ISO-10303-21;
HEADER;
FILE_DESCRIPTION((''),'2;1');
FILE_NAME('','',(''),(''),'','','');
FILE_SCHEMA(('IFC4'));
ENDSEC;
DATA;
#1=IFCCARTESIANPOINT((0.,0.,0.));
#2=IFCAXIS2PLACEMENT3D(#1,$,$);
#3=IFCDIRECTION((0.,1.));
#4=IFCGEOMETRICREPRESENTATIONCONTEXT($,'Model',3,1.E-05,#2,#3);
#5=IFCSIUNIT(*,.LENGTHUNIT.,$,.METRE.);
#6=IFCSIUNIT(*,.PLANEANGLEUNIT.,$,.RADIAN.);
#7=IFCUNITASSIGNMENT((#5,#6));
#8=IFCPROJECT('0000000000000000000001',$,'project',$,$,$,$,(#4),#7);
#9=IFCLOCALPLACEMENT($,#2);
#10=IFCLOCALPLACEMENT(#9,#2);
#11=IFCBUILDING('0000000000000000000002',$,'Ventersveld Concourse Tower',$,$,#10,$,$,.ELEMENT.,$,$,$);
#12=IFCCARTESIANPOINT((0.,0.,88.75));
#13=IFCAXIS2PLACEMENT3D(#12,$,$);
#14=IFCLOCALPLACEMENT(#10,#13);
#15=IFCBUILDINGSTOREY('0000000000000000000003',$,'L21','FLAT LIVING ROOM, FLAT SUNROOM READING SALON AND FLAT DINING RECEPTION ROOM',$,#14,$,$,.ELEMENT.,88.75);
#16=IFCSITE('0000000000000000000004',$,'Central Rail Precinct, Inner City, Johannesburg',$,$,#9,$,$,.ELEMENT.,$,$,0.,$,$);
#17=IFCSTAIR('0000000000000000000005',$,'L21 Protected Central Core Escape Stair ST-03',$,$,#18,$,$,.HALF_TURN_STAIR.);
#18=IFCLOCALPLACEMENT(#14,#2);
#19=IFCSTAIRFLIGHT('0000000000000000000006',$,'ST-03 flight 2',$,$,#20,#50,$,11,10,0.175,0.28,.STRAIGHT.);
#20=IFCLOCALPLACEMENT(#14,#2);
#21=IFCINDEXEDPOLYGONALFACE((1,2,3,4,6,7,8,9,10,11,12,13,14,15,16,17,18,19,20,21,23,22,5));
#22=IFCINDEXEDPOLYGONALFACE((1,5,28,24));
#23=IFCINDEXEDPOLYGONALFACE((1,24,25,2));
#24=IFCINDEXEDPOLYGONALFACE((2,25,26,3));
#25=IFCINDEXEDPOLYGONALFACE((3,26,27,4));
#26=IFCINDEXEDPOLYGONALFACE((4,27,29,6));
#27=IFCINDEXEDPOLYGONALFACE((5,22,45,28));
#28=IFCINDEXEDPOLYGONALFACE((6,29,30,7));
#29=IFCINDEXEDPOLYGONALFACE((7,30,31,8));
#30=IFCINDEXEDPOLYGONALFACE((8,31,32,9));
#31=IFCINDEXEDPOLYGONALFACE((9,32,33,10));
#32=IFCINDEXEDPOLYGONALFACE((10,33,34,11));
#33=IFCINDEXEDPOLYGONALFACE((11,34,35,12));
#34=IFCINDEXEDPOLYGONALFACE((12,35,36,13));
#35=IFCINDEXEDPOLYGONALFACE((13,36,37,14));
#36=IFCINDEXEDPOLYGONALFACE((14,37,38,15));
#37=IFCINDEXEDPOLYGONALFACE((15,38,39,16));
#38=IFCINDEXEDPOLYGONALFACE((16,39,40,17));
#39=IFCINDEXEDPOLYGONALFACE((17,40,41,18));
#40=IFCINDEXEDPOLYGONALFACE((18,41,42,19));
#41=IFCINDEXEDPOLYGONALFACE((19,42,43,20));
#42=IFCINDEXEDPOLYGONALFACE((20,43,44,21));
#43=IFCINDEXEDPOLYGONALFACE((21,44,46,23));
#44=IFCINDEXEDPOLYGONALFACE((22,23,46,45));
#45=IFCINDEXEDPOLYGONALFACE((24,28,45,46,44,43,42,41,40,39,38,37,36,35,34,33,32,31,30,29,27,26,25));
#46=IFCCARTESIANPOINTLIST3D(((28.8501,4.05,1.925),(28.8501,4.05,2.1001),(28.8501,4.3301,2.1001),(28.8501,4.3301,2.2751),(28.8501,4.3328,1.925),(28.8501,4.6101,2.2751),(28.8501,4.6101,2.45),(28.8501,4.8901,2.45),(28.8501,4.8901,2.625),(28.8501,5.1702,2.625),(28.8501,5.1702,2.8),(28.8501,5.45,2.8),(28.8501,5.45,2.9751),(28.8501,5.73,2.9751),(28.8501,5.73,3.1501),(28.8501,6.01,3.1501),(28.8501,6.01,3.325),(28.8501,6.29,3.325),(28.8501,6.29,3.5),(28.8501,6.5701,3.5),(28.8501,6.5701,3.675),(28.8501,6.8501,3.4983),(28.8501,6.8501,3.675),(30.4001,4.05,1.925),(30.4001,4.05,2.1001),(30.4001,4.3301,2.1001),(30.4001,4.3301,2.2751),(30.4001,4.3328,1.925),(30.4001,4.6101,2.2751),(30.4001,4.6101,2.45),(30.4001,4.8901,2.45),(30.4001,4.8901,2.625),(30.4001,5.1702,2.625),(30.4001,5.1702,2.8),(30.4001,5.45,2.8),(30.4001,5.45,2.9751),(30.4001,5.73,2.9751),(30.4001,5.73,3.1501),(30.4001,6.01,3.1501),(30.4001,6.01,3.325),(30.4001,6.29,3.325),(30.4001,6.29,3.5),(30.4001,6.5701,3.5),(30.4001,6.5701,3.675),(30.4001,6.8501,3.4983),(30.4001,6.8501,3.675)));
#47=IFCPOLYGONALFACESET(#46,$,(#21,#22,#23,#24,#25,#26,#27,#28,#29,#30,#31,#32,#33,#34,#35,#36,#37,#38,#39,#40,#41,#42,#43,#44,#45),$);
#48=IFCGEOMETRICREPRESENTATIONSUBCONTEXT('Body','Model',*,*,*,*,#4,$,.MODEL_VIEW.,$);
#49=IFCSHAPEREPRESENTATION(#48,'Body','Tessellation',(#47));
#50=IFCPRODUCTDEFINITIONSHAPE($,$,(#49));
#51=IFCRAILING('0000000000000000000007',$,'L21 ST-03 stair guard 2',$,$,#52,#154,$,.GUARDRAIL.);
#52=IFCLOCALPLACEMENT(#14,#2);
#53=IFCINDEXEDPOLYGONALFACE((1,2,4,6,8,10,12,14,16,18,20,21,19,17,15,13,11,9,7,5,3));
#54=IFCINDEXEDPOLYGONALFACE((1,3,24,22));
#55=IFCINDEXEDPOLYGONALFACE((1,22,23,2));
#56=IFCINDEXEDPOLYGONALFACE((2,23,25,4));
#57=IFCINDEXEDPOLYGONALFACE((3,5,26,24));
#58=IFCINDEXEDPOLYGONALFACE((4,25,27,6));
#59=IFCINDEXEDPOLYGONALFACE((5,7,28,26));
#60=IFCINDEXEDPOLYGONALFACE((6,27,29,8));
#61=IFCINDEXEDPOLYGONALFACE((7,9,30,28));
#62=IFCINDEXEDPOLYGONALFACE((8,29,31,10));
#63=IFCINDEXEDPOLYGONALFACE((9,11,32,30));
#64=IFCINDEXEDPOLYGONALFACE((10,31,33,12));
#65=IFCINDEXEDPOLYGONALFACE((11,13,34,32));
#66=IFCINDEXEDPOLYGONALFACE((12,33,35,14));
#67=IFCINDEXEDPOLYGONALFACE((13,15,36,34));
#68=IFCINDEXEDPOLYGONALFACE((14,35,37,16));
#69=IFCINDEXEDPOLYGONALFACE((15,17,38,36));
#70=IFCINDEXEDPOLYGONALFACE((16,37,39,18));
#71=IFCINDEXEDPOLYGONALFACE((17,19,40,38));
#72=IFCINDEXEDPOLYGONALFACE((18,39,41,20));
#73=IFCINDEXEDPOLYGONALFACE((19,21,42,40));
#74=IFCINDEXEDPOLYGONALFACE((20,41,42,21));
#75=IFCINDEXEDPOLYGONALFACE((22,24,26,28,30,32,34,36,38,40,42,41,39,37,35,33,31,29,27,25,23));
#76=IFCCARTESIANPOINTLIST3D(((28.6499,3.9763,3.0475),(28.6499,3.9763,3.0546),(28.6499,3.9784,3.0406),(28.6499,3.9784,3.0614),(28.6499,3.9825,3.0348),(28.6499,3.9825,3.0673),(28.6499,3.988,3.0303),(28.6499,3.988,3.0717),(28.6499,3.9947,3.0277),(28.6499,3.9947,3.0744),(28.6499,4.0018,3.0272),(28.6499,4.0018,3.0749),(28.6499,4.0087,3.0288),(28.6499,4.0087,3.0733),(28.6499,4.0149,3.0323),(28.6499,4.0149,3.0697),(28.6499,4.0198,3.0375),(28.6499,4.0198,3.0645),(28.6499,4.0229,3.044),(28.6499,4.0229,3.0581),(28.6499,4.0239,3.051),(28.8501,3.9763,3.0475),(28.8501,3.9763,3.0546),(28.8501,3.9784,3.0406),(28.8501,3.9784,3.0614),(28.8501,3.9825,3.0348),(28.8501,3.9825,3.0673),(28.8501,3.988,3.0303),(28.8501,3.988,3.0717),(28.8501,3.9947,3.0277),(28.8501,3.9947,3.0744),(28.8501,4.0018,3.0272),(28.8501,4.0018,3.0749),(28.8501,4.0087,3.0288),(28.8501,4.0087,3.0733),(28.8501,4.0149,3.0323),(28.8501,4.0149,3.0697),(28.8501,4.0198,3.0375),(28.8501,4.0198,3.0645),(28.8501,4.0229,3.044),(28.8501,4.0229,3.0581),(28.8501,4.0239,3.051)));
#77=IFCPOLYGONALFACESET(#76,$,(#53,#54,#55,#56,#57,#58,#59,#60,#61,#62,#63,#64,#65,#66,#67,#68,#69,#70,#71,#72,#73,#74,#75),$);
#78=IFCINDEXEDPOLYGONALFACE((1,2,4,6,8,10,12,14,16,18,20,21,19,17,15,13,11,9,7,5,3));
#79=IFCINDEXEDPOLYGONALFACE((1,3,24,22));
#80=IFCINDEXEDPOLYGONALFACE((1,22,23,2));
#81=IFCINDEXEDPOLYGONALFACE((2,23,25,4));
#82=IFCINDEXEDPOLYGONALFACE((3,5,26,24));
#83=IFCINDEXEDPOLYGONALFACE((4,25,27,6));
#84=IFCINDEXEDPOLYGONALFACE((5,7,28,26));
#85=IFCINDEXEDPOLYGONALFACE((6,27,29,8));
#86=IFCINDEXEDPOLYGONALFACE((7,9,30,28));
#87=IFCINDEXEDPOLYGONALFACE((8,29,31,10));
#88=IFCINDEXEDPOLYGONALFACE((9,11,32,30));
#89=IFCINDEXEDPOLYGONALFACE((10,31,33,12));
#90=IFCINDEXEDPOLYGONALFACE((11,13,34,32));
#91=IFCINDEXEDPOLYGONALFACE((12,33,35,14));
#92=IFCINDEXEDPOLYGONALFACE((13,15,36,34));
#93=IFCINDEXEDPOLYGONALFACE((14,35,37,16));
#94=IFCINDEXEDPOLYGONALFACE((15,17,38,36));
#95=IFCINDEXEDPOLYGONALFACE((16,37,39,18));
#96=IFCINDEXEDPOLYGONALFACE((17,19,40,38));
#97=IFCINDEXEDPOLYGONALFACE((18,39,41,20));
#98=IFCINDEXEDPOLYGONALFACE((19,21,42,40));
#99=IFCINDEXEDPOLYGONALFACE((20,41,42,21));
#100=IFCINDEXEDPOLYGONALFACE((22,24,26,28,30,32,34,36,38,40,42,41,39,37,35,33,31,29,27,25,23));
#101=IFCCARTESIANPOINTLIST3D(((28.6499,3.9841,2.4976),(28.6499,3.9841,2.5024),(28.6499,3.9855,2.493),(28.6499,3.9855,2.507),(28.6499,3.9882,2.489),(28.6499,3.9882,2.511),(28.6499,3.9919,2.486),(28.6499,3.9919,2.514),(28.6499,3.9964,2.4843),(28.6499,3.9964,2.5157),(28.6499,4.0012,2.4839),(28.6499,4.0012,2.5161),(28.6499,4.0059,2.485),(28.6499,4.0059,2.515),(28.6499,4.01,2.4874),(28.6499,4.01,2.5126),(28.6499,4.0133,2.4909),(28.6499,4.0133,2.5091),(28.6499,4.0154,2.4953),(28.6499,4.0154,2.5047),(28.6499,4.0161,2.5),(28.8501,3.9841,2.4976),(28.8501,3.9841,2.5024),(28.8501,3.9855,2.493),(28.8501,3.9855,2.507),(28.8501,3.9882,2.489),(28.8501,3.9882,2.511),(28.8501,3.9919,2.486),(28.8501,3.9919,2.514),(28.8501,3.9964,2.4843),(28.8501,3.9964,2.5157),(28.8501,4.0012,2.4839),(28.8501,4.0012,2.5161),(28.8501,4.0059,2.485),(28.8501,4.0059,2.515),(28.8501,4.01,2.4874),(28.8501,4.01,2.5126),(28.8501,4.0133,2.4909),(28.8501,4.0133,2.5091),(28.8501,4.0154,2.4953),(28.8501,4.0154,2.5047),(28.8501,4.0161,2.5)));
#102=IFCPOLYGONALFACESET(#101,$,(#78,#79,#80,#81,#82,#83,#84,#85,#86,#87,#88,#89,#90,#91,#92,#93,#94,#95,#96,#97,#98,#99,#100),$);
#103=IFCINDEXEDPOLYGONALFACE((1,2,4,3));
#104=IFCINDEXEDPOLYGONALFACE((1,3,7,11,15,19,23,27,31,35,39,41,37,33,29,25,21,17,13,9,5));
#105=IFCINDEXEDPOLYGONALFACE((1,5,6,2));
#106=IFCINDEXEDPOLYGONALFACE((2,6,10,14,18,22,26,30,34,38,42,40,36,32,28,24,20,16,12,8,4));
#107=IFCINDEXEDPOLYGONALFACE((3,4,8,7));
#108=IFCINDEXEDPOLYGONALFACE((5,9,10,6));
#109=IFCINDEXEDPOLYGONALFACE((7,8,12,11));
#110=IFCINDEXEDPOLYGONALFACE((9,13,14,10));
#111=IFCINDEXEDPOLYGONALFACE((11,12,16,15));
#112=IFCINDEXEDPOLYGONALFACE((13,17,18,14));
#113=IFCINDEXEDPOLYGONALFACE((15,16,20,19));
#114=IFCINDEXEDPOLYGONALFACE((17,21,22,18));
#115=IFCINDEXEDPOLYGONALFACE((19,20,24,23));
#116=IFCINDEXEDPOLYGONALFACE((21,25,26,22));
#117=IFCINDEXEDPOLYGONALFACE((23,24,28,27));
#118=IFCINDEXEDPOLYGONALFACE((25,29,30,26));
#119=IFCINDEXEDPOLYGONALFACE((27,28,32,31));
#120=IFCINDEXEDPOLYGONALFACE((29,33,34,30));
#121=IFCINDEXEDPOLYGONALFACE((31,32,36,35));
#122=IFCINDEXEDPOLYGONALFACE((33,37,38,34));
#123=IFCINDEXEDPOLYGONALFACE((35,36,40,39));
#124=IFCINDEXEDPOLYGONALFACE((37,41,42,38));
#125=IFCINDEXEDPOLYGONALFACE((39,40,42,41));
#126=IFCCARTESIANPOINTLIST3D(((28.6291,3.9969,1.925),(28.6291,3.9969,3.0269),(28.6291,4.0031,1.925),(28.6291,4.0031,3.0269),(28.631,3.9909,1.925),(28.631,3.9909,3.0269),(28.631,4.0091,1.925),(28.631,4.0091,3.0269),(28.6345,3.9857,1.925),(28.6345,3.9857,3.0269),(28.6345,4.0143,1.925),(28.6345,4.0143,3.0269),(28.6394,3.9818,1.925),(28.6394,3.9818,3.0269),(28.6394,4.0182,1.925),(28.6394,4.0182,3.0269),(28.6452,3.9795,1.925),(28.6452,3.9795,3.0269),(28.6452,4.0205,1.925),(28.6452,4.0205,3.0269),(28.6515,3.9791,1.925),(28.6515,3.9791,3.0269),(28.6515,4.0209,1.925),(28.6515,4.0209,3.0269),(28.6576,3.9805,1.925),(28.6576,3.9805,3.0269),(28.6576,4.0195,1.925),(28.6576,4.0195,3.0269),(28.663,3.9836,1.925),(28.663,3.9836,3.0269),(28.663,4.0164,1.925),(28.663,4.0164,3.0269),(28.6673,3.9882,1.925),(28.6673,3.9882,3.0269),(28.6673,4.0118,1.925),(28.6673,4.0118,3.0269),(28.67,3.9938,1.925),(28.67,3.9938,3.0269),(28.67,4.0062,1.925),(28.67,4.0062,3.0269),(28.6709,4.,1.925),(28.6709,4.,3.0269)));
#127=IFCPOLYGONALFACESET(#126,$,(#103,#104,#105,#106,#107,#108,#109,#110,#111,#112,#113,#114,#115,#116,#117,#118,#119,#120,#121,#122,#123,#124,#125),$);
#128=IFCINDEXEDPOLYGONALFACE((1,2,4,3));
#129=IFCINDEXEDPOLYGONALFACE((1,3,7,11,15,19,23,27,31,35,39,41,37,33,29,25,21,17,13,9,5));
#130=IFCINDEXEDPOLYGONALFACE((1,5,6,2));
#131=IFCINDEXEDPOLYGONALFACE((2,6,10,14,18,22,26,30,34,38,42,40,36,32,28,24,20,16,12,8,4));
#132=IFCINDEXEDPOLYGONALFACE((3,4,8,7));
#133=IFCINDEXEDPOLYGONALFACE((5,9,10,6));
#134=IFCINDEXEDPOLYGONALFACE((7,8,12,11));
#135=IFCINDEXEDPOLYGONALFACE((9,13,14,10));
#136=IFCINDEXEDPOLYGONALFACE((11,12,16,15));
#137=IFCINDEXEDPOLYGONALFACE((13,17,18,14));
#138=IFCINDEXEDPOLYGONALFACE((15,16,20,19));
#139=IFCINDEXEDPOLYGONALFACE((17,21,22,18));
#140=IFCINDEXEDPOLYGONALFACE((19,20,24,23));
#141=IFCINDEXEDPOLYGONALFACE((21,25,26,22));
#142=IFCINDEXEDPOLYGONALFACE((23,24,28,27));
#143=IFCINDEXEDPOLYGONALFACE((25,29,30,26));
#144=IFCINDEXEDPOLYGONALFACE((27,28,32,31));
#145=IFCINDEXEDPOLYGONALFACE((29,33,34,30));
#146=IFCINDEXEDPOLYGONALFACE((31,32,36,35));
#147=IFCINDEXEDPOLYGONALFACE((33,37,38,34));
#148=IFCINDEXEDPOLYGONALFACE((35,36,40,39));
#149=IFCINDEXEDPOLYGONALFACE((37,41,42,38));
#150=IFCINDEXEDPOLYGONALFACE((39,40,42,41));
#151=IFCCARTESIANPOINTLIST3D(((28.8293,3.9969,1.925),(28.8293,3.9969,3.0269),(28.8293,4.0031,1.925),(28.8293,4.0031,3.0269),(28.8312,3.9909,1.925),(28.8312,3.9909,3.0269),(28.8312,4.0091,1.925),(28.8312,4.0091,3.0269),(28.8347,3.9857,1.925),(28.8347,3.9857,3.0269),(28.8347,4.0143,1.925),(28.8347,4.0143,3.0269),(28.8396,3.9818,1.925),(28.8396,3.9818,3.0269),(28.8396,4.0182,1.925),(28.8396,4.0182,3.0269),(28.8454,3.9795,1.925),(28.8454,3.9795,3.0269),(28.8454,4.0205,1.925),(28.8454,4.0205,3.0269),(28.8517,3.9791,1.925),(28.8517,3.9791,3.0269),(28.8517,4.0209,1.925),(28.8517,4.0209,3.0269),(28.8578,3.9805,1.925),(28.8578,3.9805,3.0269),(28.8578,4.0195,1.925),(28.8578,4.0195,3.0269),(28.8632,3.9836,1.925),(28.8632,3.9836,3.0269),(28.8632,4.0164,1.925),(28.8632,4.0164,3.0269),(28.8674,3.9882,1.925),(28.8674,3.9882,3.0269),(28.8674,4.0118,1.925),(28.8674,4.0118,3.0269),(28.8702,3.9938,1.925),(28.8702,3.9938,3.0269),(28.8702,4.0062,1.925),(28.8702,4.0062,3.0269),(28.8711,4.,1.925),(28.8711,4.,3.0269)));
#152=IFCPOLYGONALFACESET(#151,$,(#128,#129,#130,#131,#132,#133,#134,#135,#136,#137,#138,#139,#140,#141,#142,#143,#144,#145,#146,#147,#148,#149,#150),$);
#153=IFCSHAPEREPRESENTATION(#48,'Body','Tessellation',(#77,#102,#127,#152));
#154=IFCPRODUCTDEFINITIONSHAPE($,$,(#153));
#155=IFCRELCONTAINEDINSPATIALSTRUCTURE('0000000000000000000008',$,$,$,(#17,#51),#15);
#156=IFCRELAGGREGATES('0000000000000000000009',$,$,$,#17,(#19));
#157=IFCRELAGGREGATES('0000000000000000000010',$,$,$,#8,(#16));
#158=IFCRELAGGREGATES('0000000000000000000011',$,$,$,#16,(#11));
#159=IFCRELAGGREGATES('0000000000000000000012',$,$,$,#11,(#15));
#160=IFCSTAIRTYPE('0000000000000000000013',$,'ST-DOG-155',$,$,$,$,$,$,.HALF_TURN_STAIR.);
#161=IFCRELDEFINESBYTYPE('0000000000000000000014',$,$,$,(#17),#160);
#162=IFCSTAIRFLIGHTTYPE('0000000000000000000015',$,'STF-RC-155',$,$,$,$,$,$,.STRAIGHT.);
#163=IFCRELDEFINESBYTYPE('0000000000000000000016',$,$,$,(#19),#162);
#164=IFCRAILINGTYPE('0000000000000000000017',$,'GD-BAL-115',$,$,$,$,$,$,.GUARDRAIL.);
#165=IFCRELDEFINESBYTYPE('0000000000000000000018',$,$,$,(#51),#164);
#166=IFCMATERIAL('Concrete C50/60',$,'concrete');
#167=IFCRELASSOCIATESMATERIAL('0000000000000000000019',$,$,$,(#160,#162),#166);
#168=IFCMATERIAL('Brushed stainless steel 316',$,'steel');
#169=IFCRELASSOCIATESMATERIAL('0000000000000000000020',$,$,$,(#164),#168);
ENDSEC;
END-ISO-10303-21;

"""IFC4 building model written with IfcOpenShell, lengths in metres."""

from ifc_helpers import new_model, si_unit, direction, frame, origin, origin_2d, place, context, subcontext, project, spatial, polyline, circle, outline, extrude, material, type_object, element, aggregate, save


model = new_model("IFC4")

# Units and contexts
model_context = context("Model", 3, precision=1e-05, world=origin(), true_north=direction((0.0, 1.0)))
body_context = subcontext(model_context, "Body", "Model", "MODEL_VIEW")
ifc_project = project(units=[si_unit("LENGTHUNIT", "METRE"), si_unit("PLANEANGLEUNIT", "RADIAN")], contexts=[model_context])

# Site, building, storey
site_placement = place(None, origin())
site = spatial("IfcSite", under=ifc_project, at=site_placement, Name="Central Rail Precinct, Inner City, Johannesburg", CompositionType="ELEMENT", RefElevation=0.0)
building_placement = place(site_placement, origin())
building = spatial("IfcBuilding", under=site, at=building_placement, Name="Ventersveld Concourse Tower", CompositionType="ELEMENT")
storey_placement = place(building_placement, frame((0.0, 0.0, 88.75)))
storey = spatial("IfcBuildingStorey", under=building, at=storey_placement, Name="L21", Description="FLAT LIVING ROOM, FLAT SUNROOM READING SALON AND FLAT DINING RECEPTION ROOM", CompositionType="ELEMENT", Elevation=88.75)

# Shared definitions
ifc_material_1 = material(Name="Concrete C50/60", Category="concrete")

# Stair, stair flight
stair_type = type_object("IfcStairType", Name="ST-DOG-155", PredefinedType="HALF_TURN_STAIR", material=ifc_material_1)
stair_placement = place(storey_placement, origin())
stair = element("IfcStair", 1, at=stair_placement, inside=storey, type_object=stair_type, Name="L21 Protected Central Core Escape Stair ST-03", PredefinedType="HALF_TURN_STAIR")
stair_flight_type = type_object("IfcStairFlightType", Name="STF-RC-155", PredefinedType="STRAIGHT", material=ifc_material_1)
stair_flight_placement = place(storey_placement, frame((29.625, 4.05, 1.925), z_axis=(0.0, 0.0, 1.0), x_axis=(0.0, 1.0, 0.0)))
stair_flight = element("IfcStairFlight", 2, at=stair_flight_placement, type_object=stair_flight_type, Name="ST-03 flight 2", NumberOfRisers=11, NumberOfTreads=10, PredefinedType="STRAIGHT", RiserHeight=0.175, TreadLength=0.28, context=body_context, shape_type="SweptSolid", body=[
    extrude(outline(polyline([(0.0, 0.0), (0.0, 0.175), (0.28, 0.175), (0.28, 0.3501), (0.5601, 0.3501), (0.5601, 0.5249), (0.8401, 0.5249), (0.8401, 0.7), (1.1201, 0.7), (1.1201, 0.875), (1.3999, 0.875), (1.3999, 1.05), (1.6799, 1.05), (1.6799, 1.2251), (1.96, 1.2251), (1.96, 1.3999), (2.24, 1.3999), (2.24, 1.575), (2.52, 1.575), (2.52, 1.75), (2.8, 1.75), (2.8, 1.925), (2.8, 1.5732), (0.2827, 0.0), (0.0, 0.0)])), frame((0.0, 0.7749, 0.0), z_axis=(0.0, -1.0, 0.0), x_axis=(1.0, 0.0, 0.0)), (0.0, 0.0, 1.0), 1.55),
])
aggregate(stair, [stair_flight])

# Railing
ifc_material_2 = material(Name="Brushed stainless steel 316", Category="steel")
railing_type_1 = type_object("IfcRailingType", Name="GD-BAL-115", PredefinedType="GUARDRAIL", material=ifc_material_2)
railing_1_placement = place(storey_placement, frame((28.6499, 4.0, 1.925)))
element("IfcRailing", 3, at=railing_1_placement, inside=storey, type_object=railing_type_1, Name="L21 ST-03 stair guard 2", PredefinedType="GUARDRAIL", context=body_context, shape_type="SweptSolid", body=[
    extrude(circle(Radius=0.0239, at=origin_2d()), frame((0.0, 0.0, 1.126), z_axis=(1.0, 0.0, 0.0), x_axis=(0.0, 1.0, 0.0)), (0.0, 0.0, 1.0), 0.2002),
    extrude(circle(Radius=0.0161, at=origin_2d()), frame((0.0, 0.0, 0.575), z_axis=(1.0, 0.0, 0.0), x_axis=(0.0, 1.0, 0.0)), (0.0, 0.0, 1.0), 0.2002),
    extrude(circle(Radius=0.021, at=origin_2d()), origin(), (0.0, 0.0, 1.0), 1.1018),
    extrude(circle(Radius=0.021, at=origin_2d()), frame((0.2002, 0.0, 0.0)), (0.0, 0.0, 1.0), 1.1018),
])

save(model, "model.ifc")
